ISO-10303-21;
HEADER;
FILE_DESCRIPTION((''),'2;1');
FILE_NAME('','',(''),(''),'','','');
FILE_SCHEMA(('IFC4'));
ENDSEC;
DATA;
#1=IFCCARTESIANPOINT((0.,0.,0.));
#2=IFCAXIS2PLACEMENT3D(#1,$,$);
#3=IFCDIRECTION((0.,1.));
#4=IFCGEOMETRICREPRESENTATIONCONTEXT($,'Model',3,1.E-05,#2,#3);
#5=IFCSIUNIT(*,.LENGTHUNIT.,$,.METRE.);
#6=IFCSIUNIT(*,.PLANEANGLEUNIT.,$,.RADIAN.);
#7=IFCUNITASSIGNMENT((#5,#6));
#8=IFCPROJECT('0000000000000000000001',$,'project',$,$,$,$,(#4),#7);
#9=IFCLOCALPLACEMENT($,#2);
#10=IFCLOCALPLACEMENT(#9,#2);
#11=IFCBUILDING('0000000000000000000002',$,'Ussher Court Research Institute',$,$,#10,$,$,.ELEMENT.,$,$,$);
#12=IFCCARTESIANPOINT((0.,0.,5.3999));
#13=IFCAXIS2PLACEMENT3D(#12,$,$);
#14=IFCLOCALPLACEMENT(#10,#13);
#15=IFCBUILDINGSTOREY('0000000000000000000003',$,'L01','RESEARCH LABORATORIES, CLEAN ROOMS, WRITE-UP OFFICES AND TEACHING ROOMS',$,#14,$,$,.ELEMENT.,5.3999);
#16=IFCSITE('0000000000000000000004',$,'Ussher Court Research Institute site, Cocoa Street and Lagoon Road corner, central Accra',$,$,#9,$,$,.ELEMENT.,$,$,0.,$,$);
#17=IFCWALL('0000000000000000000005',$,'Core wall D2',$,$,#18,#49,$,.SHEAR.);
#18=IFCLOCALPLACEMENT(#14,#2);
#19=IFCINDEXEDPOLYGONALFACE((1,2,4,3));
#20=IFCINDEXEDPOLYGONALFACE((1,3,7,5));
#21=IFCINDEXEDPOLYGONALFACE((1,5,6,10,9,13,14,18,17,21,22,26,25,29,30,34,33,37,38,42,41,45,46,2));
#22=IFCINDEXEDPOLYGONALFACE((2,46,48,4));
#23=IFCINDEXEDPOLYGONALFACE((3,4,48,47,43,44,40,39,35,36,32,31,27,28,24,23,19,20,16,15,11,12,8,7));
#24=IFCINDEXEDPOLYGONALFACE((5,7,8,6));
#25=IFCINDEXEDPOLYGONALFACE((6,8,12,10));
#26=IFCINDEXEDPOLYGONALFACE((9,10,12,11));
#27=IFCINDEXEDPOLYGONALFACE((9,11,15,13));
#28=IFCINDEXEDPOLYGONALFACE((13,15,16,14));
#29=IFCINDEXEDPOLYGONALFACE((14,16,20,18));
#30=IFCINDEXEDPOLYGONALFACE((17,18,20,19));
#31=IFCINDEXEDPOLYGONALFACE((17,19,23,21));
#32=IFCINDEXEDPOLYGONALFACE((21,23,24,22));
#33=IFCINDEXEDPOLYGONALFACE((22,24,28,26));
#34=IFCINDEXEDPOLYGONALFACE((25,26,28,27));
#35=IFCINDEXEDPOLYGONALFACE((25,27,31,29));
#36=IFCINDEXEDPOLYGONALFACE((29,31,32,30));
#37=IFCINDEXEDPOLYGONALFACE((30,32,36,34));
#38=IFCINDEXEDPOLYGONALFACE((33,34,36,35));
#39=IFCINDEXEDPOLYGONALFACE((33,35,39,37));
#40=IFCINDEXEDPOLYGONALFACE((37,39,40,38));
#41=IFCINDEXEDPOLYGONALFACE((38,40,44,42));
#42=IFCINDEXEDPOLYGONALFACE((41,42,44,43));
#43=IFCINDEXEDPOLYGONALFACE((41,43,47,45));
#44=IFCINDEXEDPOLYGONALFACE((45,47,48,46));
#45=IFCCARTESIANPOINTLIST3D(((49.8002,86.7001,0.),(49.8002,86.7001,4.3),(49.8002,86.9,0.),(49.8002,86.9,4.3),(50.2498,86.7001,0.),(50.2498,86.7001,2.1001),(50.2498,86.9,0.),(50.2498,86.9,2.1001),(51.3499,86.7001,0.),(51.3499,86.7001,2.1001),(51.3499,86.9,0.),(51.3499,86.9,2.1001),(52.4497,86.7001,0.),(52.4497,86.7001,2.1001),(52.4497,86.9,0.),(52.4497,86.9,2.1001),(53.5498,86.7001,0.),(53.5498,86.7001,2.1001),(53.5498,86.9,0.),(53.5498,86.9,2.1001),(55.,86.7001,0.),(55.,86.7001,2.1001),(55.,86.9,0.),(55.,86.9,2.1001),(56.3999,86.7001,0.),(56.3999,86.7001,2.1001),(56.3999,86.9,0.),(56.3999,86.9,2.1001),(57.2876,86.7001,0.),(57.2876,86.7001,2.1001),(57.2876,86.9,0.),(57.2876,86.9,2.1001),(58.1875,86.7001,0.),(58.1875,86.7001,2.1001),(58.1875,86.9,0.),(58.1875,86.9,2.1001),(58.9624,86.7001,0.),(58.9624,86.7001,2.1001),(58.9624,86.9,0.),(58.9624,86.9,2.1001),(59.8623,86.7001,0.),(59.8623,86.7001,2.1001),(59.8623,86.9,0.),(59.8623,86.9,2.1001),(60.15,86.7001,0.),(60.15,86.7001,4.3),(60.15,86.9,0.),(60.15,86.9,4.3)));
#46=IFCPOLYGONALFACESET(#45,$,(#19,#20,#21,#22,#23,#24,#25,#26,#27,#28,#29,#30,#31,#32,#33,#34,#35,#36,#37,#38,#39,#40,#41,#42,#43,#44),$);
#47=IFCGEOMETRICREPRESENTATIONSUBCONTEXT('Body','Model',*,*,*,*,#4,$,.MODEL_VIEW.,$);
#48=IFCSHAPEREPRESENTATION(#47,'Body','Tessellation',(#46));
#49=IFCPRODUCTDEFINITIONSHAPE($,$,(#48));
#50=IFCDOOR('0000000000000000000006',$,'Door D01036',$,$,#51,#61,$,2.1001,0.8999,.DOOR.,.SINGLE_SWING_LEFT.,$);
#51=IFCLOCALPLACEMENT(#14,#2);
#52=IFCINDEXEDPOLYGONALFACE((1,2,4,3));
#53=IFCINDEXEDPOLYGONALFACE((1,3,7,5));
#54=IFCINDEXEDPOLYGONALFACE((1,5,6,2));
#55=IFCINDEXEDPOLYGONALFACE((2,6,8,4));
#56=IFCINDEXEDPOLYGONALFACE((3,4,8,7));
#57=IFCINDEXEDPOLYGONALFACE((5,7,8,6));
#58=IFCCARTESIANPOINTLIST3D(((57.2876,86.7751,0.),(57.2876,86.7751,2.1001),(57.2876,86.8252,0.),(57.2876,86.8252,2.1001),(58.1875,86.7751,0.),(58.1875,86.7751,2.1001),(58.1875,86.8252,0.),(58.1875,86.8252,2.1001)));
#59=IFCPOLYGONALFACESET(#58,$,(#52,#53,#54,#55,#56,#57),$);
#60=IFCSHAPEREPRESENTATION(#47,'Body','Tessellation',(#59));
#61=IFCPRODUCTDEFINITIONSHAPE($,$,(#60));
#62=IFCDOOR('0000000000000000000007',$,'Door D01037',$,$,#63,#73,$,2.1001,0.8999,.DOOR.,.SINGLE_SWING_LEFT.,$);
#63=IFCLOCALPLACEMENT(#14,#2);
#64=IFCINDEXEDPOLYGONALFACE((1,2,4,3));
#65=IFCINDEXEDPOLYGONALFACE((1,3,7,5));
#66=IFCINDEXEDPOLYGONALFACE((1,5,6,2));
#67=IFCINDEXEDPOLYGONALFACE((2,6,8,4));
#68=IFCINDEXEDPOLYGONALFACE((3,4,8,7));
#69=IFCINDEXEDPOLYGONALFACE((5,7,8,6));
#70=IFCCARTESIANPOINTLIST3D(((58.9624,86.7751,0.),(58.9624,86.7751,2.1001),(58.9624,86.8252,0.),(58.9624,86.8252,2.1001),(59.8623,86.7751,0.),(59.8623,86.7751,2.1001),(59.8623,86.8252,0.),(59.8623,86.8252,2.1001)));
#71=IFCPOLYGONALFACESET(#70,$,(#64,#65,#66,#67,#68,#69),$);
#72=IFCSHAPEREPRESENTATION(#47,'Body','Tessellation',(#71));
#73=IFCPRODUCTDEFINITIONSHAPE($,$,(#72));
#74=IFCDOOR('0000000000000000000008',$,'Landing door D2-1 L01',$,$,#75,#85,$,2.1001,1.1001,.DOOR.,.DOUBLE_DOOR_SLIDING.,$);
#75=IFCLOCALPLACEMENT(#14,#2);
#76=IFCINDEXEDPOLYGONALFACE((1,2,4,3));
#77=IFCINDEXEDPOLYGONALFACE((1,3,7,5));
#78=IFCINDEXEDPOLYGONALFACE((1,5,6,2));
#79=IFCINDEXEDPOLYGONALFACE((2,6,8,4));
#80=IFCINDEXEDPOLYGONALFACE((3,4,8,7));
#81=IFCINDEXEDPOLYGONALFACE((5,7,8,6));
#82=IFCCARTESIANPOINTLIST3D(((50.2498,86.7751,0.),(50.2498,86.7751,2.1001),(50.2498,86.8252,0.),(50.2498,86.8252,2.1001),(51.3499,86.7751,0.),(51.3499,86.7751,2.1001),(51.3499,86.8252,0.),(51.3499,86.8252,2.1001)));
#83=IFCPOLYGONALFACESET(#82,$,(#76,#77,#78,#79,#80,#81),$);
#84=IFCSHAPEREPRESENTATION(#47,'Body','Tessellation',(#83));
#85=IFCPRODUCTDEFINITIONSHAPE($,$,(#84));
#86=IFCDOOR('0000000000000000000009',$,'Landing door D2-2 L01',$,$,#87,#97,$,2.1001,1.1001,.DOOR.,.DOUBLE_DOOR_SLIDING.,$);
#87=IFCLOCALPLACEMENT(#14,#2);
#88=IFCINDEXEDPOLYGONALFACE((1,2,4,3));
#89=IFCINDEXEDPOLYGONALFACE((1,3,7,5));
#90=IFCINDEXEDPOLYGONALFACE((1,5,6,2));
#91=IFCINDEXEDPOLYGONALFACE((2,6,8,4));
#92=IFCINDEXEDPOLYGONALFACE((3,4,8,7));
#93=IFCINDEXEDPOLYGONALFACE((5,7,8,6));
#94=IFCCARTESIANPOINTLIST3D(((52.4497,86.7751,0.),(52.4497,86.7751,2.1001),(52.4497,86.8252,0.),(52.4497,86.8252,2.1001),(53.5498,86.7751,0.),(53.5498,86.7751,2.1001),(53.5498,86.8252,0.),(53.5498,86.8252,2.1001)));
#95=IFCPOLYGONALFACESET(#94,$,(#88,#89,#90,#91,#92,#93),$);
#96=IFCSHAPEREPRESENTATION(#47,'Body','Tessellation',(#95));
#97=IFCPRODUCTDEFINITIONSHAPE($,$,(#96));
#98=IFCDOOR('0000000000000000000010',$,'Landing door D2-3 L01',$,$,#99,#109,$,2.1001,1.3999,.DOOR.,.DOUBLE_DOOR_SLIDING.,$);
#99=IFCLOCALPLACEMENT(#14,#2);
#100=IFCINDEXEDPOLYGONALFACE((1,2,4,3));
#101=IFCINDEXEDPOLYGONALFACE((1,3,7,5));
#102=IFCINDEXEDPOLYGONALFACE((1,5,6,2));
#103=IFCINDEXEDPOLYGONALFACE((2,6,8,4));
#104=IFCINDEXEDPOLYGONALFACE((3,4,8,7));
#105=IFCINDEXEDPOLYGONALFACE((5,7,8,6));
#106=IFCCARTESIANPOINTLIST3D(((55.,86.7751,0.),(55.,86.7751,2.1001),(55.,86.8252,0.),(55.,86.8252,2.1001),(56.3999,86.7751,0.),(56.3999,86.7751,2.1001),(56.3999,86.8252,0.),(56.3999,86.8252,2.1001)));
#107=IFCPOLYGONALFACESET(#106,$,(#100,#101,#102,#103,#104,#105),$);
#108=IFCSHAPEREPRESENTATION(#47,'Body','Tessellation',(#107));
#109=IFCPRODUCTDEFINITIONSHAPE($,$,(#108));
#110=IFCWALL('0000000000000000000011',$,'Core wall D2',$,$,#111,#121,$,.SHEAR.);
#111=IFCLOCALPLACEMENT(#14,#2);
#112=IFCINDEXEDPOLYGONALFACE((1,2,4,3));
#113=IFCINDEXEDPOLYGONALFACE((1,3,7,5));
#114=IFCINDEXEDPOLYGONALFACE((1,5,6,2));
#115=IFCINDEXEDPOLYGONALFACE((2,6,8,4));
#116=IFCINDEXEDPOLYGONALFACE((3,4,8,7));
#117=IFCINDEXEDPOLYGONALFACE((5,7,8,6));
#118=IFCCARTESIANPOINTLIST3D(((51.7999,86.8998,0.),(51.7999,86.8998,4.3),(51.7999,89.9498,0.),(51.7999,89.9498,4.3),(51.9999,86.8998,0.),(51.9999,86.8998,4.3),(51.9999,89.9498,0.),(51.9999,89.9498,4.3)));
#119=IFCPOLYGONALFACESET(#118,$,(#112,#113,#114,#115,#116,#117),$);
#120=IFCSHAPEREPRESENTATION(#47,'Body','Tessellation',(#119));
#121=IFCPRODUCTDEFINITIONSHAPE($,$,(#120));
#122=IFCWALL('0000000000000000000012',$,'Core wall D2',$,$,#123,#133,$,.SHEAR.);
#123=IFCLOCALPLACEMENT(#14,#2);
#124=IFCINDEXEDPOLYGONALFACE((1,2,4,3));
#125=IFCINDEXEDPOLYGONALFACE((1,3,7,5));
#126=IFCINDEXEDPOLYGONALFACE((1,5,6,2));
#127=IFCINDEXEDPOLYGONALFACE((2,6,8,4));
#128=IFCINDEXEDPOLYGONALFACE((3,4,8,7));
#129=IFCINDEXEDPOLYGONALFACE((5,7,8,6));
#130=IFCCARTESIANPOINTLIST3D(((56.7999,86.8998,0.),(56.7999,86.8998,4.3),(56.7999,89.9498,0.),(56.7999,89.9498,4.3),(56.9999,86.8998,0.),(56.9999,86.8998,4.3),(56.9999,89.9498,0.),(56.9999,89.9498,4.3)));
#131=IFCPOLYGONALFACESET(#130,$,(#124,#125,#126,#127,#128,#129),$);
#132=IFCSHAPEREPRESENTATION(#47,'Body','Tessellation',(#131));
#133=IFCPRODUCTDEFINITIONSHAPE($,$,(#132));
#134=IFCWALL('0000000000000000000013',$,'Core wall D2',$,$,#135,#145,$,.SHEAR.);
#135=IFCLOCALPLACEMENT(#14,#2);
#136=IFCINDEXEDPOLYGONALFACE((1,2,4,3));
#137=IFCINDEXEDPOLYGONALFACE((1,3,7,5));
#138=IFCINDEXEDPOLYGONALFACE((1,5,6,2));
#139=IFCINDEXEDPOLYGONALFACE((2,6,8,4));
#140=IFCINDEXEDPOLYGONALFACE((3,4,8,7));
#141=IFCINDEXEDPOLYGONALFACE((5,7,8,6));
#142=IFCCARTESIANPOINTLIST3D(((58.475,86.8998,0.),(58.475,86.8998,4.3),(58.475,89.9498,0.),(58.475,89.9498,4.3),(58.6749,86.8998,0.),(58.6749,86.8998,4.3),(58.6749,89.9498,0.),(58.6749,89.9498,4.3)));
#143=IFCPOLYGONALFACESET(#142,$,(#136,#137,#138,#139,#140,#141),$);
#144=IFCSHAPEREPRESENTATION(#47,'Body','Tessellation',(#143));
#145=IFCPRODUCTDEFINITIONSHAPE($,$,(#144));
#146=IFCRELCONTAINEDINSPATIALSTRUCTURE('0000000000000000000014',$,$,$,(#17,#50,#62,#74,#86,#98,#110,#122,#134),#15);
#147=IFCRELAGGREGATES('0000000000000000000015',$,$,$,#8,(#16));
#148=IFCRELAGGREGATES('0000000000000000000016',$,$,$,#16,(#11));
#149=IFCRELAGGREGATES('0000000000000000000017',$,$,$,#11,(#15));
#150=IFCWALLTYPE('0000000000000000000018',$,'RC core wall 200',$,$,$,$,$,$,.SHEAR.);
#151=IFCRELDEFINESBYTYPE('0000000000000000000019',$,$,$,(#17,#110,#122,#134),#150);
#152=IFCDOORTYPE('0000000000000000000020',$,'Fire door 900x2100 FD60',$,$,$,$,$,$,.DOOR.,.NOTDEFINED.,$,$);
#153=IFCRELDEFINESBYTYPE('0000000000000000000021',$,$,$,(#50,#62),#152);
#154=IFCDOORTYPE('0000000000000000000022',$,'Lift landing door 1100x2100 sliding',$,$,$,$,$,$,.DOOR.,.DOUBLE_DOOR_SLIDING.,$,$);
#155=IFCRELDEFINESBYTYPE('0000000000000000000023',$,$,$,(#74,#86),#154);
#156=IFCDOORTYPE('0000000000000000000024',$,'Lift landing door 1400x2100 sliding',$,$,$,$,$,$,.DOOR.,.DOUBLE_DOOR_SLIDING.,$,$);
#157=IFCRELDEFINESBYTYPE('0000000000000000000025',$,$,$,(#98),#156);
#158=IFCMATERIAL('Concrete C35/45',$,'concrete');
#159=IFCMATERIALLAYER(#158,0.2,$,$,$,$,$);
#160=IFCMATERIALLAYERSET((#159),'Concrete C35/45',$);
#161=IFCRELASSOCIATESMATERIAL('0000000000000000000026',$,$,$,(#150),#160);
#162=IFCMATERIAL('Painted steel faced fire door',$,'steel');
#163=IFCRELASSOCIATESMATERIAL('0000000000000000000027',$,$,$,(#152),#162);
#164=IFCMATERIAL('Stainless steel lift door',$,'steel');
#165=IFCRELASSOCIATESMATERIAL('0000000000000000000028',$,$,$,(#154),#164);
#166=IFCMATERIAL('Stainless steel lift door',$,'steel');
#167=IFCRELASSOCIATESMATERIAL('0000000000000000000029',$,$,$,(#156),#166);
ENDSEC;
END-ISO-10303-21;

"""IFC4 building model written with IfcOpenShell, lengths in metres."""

from ifc_helpers import new_model, si_unit, direction, frame, frame_2d, origin, place, context, subcontext, project, spatial, rectangle, extrude, material, layer, layer_set, type_object, element, fill, save


model = new_model("IFC4")

# Units and contexts
model_context = context("Model", 3, precision=1e-05, world=origin(), true_north=direction((0.0, 1.0)))
body_context = subcontext(model_context, "Body", "Model", "MODEL_VIEW")
ifc_project = project(units=[si_unit("LENGTHUNIT", "METRE"), si_unit("PLANEANGLEUNIT", "RADIAN")], contexts=[model_context])

# Site, building, storey
site_placement = place(None, origin())
site = spatial("IfcSite", under=ifc_project, at=site_placement, Name="Ussher Court Research Institute site, Cocoa Street and Lagoon Road corner, central Accra", CompositionType="ELEMENT", RefElevation=0.0)
building_placement = place(site_placement, origin())
building = spatial("IfcBuilding", under=site, at=building_placement, Name="Ussher Court Research Institute", CompositionType="ELEMENT")
storey_placement = place(building_placement, frame((0.0, 0.0, 5.3999)))
storey = spatial("IfcBuildingStorey", under=building, at=storey_placement, Name="L01", Description="RESEARCH LABORATORIES, CLEAN ROOMS, WRITE-UP OFFICES AND TEACHING ROOMS", CompositionType="ELEMENT", Elevation=5.3999)

# Shared definitions
ifc_material_1 = material(Name="Concrete C35/45", Category="concrete")
ifc_layer_1 = layer(ifc_material_1, 0.2)
ifc_layer_set_1 = layer_set([ifc_layer_1], Name="Concrete C35/45")
wall_type_1 = type_object("IfcWallType", Name="RC core wall 200", PredefinedType="SHEAR", material=ifc_layer_set_1)

# Wall, openings, doors
wall_1_placement = place(storey_placement, frame((60.1499, 86.8, 0.0), z_axis=(0.0, 0.0, 1.0), x_axis=(-1.0, 0.0, 0.0)))
wall_1 = element("IfcWall", 1, at=wall_1_placement, inside=storey, type_object=wall_type_1, Name="Core wall D2", PredefinedType="SHEAR", context=body_context, shape_type="SweptSolid", body=[
    extrude(rectangle(XDim=10.3499, YDim=0.2, at=frame_2d((5.1748, 0.0))), origin(), (0.0, 0.0, 1.0), 4.3),
])
opening_1_placement = place(wall_1_placement, frame((8.8, 0.0, 0.0)))
opening_1 = element("IfcOpeningElement", 2, at=opening_1_placement, cuts=wall_1, PredefinedType="OPENING", context=body_context, shape_type="SweptSolid", body=[
    extrude(rectangle(XDim=1.1001, YDim=2.1001, at=frame_2d((0.55, 1.05))), frame((0.0, 0.1099, 0.0), z_axis=(0.0, -1.0, 0.0), x_axis=(1.0, 0.0, 0.0)), (0.0, 0.0, 1.0), 0.22),
])
opening_2_placement = place(wall_1_placement, frame((6.6001, 0.0, 0.0)))
opening_2 = element("IfcOpeningElement", 3, at=opening_2_placement, cuts=wall_1, PredefinedType="OPENING", context=body_context, shape_type="SweptSolid", body=[
    extrude(rectangle(XDim=1.1001, YDim=2.1001, at=frame_2d((0.55, 1.05))), frame((0.0, 0.1099, 0.0), z_axis=(0.0, -1.0, 0.0), x_axis=(1.0, 0.0, 0.0)), (0.0, 0.0, 1.0), 0.22),
])
opening_3_placement = place(wall_1_placement, frame((3.75, 0.0, 0.0)))
opening_3 = element("IfcOpeningElement", 4, at=opening_3_placement, cuts=wall_1, PredefinedType="OPENING", context=body_context, shape_type="SweptSolid", body=[
    extrude(rectangle(XDim=1.3999, YDim=2.1001, at=frame_2d((0.7, 1.05))), frame((0.0, 0.1099, 0.0), z_axis=(0.0, -1.0, 0.0), x_axis=(1.0, 0.0, 0.0)), (0.0, 0.0, 1.0), 0.22),
])
opening_4_placement = place(wall_1_placement, frame((1.9624, 0.0, 0.0)))
opening_4 = element("IfcOpeningElement", 5, at=opening_4_placement, cuts=wall_1, PredefinedType="OPENING", context=body_context, shape_type="SweptSolid", body=[
    extrude(rectangle(XDim=0.8999, YDim=2.1001, at=frame_2d((0.45, 1.05))), frame((0.0, 0.1099, 0.0), z_axis=(0.0, -1.0, 0.0), x_axis=(1.0, 0.0, 0.0)), (0.0, 0.0, 1.0), 0.22),
])
opening_5_placement = place(wall_1_placement, frame((0.2876, 0.0, 0.0)))
opening_5 = element("IfcOpeningElement", 6, at=opening_5_placement, cuts=wall_1, PredefinedType="OPENING", context=body_context, shape_type="SweptSolid", body=[
    extrude(rectangle(XDim=0.8999, YDim=2.1001, at=frame_2d((0.45, 1.05))), frame((0.0, 0.1099, 0.0), z_axis=(0.0, -1.0, 0.0), x_axis=(1.0, 0.0, 0.0)), (0.0, 0.0, 1.0), 0.22),
])
ifc_material_2 = material(Name="Painted steel faced fire door", Category="steel")
door_type_1 = type_object("IfcDoorType", Name="Fire door 900x2100 FD60", OperationType="NOTDEFINED", PredefinedType="DOOR", material=ifc_material_2)
door_1_placement = place(opening_4_placement, origin())
door_1 = element("IfcDoor", 7, at=door_1_placement, inside=storey, type_object=door_type_1, Name="Door D01036", OperationType="SINGLE_SWING_LEFT", OverallHeight=2.1001, OverallWidth=0.8999, PredefinedType="DOOR", context=body_context, shape_type="SweptSolid", body=[
    extrude(rectangle(XDim=0.8999, YDim=2.1001, at=frame_2d((0.45, 1.05))), frame((0.0, 0.0249, 0.0), z_axis=(0.0, -1.0, 0.0), x_axis=(1.0, 0.0, 0.0)), (0.0, 0.0, 1.0), 0.05),
])
fill(opening_4, door_1)
door_2_placement = place(opening_5_placement, origin())
door_2 = element("IfcDoor", 8, at=door_2_placement, inside=storey, type_object=door_type_1, Name="Door D01037", OperationType="SINGLE_SWING_LEFT", OverallHeight=2.1001, OverallWidth=0.8999, PredefinedType="DOOR", context=body_context, shape_type="SweptSolid", body=[
    extrude(rectangle(XDim=0.8999, YDim=2.1001, at=frame_2d((0.45, 1.05))), frame((0.0, 0.0249, 0.0), z_axis=(0.0, -1.0, 0.0), x_axis=(1.0, 0.0, 0.0)), (0.0, 0.0, 1.0), 0.05),
])
fill(opening_5, door_2)
ifc_material_3 = material(Name="Stainless steel lift door", Category="steel")
door_type_2 = type_object("IfcDoorType", Name="Lift landing door 1100x2100 sliding", OperationType="DOUBLE_DOOR_SLIDING", PredefinedType="DOOR", material=ifc_material_3)
door_3_placement = place(opening_1_placement, origin())
door_3 = element("IfcDoor", 9, at=door_3_placement, inside=storey, type_object=door_type_2, Name="Landing door D2-1 L01", OperationType="DOUBLE_DOOR_SLIDING", OverallHeight=2.1001, OverallWidth=1.1001, PredefinedType="DOOR", context=body_context, shape_type="SweptSolid", body=[
    extrude(rectangle(XDim=1.1001, YDim=2.1001, at=frame_2d((0.55, 1.05))), frame((0.0, 0.0249, 0.0), z_axis=(0.0, -1.0, 0.0), x_axis=(1.0, 0.0, 0.0)), (0.0, 0.0, 1.0), 0.05),
])
fill(opening_1, door_3)
door_4_placement = place(opening_2_placement, origin())
door_4 = element("IfcDoor", 10, at=door_4_placement, inside=storey, type_object=door_type_2, Name="Landing door D2-2 L01", OperationType="DOUBLE_DOOR_SLIDING", OverallHeight=2.1001, OverallWidth=1.1001, PredefinedType="DOOR", context=body_context, shape_type="SweptSolid", body=[
    extrude(rectangle(XDim=1.1001, YDim=2.1001, at=frame_2d((0.55, 1.05))), frame((0.0, 0.0249, 0.0), z_axis=(0.0, -1.0, 0.0), x_axis=(1.0, 0.0, 0.0)), (0.0, 0.0, 1.0), 0.05),
])
fill(opening_2, door_4)
ifc_material_4 = material(Name="Stainless steel lift door", Category="steel")
door_type_3 = type_object("IfcDoorType", Name="Lift landing door 1400x2100 sliding", OperationType="DOUBLE_DOOR_SLIDING", PredefinedType="DOOR", material=ifc_material_4)
door_5_placement = place(opening_3_placement, origin())
door_5 = element("IfcDoor", 11, at=door_5_placement, inside=storey, type_object=door_type_3, Name="Landing door D2-3 L01", OperationType="DOUBLE_DOOR_SLIDING", OverallHeight=2.1001, OverallWidth=1.3999, PredefinedType="DOOR", context=body_context, shape_type="SweptSolid", body=[
    extrude(rectangle(XDim=1.3999, YDim=2.1001, at=frame_2d((0.7, 1.05))), frame((0.0, 0.0249, 0.0), z_axis=(0.0, -1.0, 0.0), x_axis=(1.0, 0.0, 0.0)), (0.0, 0.0, 1.0), 0.05),
])
fill(opening_3, door_5)

# Walls
for number, where, z_axis, x_axis, name in (
    (12, (51.8999, 86.8999, 0.0), (0.0, 0.0, 1.0), (0.0, 1.0, 0.0), "Core wall D2"),
    (13, (56.8999, 86.8999, 0.0), (0.0, 0.0, 1.0), (0.0, 1.0, 0.0), "Core wall D2"),
    (14, (58.575, 86.8999, 0.0), (0.0, 0.0, 1.0), (0.0, 1.0, 0.0), "Core wall D2"),
):
    element("IfcWall", number, at=place(storey_placement, frame(where, z_axis=z_axis, x_axis=x_axis)), inside=storey, type_object=wall_type_1, Name=name, PredefinedType="SHEAR", context=body_context, shape_type="SweptSolid", body=[
        extrude(rectangle(XDim=3.05, YDim=0.2, at=frame_2d((1.5249, 0.0))), origin(), (0.0, 0.0, 1.0), 4.3),
    ])

save(model, "model.ifc")
